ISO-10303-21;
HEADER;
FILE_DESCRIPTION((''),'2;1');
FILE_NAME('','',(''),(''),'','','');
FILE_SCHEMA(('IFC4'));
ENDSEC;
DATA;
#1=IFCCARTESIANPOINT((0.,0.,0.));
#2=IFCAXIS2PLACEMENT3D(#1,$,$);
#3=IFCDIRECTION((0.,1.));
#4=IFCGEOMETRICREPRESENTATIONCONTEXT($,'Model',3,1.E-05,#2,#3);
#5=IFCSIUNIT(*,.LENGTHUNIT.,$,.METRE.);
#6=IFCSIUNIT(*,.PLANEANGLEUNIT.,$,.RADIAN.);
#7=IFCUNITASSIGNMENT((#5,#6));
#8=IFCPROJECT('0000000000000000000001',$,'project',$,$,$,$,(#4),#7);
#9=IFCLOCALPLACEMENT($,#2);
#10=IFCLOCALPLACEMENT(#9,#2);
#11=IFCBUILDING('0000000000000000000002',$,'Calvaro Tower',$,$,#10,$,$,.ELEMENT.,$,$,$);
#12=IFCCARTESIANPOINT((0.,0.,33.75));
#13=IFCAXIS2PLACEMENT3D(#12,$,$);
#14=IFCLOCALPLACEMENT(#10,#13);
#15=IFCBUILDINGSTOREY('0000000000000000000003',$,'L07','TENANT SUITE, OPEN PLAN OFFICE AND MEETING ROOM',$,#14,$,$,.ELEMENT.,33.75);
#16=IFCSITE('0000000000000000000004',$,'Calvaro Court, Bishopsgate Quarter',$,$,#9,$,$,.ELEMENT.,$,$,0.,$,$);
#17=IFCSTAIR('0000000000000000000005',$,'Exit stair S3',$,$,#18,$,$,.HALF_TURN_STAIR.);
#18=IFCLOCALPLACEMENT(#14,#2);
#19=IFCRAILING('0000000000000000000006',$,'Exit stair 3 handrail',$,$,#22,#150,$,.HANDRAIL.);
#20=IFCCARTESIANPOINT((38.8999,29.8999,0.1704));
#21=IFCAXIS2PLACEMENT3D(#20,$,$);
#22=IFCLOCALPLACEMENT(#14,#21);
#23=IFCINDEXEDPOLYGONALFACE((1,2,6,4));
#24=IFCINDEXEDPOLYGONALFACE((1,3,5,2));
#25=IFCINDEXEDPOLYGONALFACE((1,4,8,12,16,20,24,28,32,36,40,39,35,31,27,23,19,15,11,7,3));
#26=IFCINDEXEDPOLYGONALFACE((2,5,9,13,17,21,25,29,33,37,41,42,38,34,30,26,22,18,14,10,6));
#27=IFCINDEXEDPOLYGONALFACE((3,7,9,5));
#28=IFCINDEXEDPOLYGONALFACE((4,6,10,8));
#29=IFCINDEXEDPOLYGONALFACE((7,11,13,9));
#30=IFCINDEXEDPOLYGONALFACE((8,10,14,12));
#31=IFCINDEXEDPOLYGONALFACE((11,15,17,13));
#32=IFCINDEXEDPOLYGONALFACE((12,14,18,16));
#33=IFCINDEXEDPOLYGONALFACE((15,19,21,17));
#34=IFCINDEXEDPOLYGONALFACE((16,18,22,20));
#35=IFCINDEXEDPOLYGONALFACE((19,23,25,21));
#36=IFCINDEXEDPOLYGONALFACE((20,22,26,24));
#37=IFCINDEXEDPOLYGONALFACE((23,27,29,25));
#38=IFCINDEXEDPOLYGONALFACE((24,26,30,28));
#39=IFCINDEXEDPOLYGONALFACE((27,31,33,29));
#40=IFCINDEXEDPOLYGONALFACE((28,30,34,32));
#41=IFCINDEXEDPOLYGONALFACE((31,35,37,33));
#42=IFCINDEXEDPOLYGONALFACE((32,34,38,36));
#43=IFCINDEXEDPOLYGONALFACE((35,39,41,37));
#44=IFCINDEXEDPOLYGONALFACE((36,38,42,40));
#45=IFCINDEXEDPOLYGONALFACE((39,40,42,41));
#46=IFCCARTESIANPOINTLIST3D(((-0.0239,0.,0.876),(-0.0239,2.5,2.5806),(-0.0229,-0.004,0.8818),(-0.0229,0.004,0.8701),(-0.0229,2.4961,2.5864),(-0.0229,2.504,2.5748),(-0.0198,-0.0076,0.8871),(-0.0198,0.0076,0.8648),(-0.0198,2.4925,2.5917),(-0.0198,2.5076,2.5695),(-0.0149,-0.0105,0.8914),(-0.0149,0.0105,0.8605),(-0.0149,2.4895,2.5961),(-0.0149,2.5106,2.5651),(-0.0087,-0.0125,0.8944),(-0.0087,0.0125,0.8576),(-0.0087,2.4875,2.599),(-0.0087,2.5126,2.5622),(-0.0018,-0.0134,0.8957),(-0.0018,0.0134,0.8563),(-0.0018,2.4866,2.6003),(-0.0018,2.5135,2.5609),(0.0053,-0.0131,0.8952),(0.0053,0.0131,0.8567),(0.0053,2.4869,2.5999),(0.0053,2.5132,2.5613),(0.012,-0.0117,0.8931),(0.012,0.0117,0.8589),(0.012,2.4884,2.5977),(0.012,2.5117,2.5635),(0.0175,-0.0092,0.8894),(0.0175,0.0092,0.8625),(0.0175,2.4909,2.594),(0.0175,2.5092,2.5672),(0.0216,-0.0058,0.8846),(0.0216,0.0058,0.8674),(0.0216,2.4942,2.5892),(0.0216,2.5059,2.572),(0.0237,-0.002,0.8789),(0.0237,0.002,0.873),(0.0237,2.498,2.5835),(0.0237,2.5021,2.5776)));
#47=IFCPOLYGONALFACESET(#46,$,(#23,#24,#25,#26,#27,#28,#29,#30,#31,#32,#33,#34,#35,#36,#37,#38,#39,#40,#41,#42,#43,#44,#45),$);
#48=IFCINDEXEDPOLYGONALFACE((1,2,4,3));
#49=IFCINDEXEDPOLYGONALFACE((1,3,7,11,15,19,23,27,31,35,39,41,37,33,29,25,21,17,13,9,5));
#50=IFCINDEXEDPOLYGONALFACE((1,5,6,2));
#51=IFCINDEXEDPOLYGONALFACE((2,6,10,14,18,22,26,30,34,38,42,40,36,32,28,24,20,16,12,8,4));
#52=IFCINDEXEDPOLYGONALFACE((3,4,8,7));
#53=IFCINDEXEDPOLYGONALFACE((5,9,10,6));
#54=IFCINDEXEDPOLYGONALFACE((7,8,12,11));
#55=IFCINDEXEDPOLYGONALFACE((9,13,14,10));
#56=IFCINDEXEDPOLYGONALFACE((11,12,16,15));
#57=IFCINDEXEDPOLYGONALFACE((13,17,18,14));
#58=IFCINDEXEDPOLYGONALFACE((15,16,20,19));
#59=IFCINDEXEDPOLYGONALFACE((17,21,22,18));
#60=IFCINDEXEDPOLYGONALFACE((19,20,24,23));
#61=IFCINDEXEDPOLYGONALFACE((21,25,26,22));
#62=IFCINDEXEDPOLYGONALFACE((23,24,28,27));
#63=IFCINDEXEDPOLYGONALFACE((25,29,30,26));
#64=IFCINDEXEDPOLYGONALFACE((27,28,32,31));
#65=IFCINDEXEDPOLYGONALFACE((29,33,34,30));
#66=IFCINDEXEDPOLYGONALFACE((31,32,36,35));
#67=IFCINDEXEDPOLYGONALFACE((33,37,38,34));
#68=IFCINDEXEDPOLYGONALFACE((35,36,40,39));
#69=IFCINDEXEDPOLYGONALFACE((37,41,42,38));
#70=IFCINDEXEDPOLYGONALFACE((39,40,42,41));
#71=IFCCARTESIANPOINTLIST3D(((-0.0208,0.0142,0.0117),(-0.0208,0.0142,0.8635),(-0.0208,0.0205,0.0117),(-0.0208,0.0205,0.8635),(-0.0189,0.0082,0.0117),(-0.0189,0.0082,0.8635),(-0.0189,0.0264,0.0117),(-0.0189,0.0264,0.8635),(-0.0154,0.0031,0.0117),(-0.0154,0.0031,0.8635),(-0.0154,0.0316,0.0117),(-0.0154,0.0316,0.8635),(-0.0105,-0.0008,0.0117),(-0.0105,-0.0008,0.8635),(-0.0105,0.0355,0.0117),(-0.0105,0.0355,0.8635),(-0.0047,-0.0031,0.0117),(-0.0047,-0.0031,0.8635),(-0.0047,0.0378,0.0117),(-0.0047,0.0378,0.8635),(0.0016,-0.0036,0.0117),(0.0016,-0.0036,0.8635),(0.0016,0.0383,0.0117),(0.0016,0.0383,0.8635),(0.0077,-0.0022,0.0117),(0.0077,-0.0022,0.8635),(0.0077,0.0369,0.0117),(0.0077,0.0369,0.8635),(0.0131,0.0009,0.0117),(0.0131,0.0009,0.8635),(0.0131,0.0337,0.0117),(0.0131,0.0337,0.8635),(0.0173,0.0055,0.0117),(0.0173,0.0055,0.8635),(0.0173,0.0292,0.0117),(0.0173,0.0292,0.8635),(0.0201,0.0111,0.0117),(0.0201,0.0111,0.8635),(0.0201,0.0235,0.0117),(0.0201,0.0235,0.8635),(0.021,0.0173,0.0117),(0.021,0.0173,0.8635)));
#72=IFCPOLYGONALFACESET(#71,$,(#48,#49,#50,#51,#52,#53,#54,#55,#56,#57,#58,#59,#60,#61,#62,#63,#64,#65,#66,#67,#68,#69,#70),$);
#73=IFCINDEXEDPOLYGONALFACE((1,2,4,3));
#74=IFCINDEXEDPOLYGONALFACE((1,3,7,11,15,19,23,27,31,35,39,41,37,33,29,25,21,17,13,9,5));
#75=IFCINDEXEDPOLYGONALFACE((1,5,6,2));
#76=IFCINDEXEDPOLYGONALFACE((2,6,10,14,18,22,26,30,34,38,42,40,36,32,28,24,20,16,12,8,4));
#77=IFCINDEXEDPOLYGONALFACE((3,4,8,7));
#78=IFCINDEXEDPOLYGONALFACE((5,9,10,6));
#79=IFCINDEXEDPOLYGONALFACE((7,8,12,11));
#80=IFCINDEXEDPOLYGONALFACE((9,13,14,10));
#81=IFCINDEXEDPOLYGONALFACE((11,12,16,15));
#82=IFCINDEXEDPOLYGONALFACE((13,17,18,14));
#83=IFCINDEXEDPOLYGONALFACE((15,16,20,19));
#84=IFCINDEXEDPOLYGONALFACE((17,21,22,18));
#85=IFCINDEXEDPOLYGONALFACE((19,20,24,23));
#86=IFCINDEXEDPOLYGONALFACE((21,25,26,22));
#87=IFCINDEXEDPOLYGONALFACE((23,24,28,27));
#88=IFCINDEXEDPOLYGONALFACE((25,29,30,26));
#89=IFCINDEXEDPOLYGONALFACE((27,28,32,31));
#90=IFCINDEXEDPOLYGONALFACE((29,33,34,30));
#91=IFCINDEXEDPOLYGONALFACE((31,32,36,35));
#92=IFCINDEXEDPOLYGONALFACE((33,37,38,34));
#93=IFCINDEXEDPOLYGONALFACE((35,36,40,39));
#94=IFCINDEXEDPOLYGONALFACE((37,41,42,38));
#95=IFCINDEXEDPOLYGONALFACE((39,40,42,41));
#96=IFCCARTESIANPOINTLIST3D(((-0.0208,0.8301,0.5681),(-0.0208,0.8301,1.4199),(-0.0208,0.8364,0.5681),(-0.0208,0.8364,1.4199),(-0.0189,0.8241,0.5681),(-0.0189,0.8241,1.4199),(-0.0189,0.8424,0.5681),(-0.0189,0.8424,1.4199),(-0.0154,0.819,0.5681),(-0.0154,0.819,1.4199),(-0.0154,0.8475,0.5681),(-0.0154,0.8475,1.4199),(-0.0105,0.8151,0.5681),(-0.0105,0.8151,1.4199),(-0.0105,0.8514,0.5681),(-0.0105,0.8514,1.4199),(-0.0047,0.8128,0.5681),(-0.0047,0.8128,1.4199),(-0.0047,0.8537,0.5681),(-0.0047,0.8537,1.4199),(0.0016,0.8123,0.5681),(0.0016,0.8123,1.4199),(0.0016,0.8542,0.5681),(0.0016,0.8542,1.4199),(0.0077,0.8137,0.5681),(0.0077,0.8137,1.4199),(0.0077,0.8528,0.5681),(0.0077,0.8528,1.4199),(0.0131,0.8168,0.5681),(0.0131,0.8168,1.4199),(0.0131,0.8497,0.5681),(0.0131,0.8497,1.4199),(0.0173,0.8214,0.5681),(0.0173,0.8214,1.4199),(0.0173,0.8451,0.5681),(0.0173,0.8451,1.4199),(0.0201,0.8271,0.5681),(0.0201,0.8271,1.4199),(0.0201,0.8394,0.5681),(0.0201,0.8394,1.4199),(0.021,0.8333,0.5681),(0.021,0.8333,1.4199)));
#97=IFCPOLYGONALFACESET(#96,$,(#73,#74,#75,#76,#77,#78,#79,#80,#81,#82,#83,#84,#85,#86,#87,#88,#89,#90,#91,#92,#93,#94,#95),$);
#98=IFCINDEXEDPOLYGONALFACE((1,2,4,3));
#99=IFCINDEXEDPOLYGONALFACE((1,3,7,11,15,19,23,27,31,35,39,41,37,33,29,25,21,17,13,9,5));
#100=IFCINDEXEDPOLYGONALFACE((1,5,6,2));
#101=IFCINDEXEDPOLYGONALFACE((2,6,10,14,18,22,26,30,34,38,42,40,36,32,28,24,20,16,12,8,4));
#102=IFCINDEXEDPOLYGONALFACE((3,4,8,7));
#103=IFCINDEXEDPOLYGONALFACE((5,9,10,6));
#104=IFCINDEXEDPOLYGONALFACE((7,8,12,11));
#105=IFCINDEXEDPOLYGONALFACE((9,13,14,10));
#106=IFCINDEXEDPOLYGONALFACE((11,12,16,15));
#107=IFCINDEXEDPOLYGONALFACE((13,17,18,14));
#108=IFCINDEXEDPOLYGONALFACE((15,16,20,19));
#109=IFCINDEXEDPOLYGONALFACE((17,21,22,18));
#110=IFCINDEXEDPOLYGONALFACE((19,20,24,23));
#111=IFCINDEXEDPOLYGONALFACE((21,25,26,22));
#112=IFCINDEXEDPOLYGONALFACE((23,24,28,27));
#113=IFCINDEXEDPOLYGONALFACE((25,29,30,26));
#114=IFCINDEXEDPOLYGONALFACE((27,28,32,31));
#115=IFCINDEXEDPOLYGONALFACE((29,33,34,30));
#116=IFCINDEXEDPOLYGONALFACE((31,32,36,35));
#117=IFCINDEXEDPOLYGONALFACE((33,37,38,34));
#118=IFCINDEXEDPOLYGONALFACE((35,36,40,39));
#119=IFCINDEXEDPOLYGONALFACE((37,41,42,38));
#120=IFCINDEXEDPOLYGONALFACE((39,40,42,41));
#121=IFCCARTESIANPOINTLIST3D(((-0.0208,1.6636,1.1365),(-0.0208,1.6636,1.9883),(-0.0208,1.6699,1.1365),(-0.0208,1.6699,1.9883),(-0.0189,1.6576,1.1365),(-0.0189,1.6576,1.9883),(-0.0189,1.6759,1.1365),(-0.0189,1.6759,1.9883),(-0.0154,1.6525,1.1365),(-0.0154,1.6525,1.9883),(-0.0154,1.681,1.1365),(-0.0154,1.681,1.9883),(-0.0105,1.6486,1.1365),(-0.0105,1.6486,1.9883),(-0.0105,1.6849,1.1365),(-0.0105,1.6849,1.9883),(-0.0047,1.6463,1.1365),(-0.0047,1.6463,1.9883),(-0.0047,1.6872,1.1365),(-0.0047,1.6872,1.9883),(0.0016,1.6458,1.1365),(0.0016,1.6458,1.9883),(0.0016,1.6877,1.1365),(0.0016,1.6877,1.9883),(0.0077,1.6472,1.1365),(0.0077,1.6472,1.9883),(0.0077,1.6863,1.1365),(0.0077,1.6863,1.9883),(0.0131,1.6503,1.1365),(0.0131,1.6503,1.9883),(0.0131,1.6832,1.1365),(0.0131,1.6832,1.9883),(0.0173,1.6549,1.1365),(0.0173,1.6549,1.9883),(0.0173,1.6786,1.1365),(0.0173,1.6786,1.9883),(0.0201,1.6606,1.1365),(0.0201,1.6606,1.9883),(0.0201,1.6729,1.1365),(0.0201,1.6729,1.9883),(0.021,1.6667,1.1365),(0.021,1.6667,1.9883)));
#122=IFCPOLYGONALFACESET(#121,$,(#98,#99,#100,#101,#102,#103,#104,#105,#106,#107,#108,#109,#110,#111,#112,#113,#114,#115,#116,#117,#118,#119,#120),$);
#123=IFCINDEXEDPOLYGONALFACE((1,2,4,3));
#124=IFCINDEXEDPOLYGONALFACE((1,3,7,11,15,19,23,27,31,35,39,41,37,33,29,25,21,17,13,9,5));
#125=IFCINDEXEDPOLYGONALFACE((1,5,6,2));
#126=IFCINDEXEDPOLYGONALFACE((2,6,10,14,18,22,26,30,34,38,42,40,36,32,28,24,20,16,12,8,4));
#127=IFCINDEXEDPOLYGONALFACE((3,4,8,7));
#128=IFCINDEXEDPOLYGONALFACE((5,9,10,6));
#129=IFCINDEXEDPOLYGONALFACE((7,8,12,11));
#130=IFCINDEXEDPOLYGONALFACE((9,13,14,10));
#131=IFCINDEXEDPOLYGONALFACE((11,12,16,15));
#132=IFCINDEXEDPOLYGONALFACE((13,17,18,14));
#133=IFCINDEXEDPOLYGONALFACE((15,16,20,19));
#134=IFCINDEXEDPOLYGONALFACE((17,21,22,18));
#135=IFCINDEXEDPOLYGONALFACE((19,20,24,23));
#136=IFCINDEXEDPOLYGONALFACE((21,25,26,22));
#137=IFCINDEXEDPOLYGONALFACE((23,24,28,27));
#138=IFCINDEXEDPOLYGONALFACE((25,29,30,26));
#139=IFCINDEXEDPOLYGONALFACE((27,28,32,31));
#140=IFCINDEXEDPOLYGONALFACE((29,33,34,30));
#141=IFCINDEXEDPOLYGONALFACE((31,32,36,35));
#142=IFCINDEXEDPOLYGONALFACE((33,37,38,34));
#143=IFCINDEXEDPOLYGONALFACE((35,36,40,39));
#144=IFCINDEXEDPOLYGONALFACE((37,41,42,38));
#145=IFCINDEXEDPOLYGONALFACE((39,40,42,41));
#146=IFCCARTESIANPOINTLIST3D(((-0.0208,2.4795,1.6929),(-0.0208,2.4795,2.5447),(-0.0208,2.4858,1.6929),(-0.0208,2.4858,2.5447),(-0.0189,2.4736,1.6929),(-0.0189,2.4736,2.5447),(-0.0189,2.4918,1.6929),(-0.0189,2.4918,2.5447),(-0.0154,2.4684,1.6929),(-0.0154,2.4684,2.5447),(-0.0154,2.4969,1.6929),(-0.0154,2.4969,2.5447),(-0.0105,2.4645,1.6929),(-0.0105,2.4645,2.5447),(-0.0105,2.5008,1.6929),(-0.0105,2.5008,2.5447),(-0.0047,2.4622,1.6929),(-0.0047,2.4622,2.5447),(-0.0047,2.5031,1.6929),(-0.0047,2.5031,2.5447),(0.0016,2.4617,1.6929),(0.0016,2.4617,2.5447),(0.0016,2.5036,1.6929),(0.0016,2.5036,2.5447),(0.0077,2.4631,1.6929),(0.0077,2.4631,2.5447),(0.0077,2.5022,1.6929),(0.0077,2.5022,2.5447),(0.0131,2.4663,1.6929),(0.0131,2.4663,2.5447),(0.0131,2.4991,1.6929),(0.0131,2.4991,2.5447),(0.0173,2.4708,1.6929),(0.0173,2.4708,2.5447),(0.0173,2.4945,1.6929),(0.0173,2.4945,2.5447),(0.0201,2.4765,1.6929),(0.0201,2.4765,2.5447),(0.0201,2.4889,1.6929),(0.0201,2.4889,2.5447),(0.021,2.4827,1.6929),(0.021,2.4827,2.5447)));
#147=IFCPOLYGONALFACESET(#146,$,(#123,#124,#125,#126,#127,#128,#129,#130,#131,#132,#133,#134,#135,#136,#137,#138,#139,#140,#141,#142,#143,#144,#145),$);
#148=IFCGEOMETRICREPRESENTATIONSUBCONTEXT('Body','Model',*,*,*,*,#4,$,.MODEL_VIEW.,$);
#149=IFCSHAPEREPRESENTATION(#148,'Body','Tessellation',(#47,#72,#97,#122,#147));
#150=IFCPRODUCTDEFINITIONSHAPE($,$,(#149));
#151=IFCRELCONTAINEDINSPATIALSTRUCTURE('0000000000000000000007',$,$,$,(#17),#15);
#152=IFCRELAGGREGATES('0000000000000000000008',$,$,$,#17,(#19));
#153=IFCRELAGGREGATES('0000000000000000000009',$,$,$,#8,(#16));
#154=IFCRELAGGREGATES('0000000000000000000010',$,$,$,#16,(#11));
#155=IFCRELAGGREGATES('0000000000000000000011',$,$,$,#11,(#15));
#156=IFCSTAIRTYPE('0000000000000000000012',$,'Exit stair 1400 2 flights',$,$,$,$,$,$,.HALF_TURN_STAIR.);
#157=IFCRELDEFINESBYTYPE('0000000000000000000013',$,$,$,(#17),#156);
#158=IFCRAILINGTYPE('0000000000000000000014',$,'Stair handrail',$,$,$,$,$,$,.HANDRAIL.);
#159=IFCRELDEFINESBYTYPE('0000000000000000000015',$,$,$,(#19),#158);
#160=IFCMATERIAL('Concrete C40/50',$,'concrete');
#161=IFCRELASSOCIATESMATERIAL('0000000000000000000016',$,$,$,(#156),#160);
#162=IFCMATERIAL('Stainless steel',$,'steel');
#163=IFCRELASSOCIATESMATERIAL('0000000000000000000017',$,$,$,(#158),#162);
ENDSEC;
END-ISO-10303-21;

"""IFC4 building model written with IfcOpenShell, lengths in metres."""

from ifc_helpers import new_model, si_unit, direction, frame, origin, origin_2d, place, context, subcontext, project, spatial, circle, extrude, material, type_object, element, aggregate, save


model = new_model("IFC4")

# Units and contexts
model_context = context("Model", 3, precision=1e-05, world=origin(), true_north=direction((0.0, 1.0)))
body_context = subcontext(model_context, "Body", "Model", "MODEL_VIEW")
ifc_project = project(units=[si_unit("LENGTHUNIT", "METRE"), si_unit("PLANEANGLEUNIT", "RADIAN")], contexts=[model_context])

# Site, building, storey
site_placement = place(None, origin())
site = spatial("IfcSite", under=ifc_project, at=site_placement, Name="Calvaro Court, Bishopsgate Quarter", CompositionType="ELEMENT", RefElevation=0.0)
building_placement = place(site_placement, origin())
building = spatial("IfcBuilding", under=site, at=building_placement, Name="Calvaro Tower", CompositionType="ELEMENT")
storey_placement = place(building_placement, frame((0.0, 0.0, 33.75)))
storey = spatial("IfcBuildingStorey", under=building, at=storey_placement, Name="L07", Description="TENANT SUITE, OPEN PLAN OFFICE AND MEETING ROOM", CompositionType="ELEMENT", Elevation=33.75)

# Stair, railing
ifc_material_1 = material(Name="Concrete C40/50", Category="concrete")
stair_type = type_object("IfcStairType", Name="Exit stair 1400 2 flights", PredefinedType="HALF_TURN_STAIR", material=ifc_material_1)
stair_placement = place(storey_placement, origin())
stair = element("IfcStair", 1, at=stair_placement, inside=storey, type_object=stair_type, Name="Exit stair S3", PredefinedType="HALF_TURN_STAIR")
ifc_material_2 = material(Name="Stainless steel", Category="steel")
railing_type = type_object("IfcRailingType", Name="Stair handrail", PredefinedType="HANDRAIL", material=ifc_material_2)
railing_1_placement = place(storey_placement, frame((38.8999, 29.8999, 0.1704)))
railing_1 = element("IfcRailing", 2, at=railing_1_placement, type_object=railing_type, Name="Exit stair 3 handrail", PredefinedType="HANDRAIL", context=body_context, shape_type="SweptSolid", body=[
    extrude(circle(Radius=0.0239, at=origin_2d()), frame((0.0, 0.0, 0.876), z_axis=(0.0, 0.826221, 0.563347), x_axis=(-1.0, 0.0, 0.0)), (0.0, 0.0, 1.0), 3.0259),
    extrude(circle(Radius=0.021, at=origin_2d()), frame((0.0, 0.0173, 0.0117)), (0.0, 0.0, 1.0), 0.8518),
    extrude(circle(Radius=0.021, at=origin_2d()), frame((0.0, 0.8333, 0.5681)), (0.0, 0.0, 1.0), 0.8518),
    extrude(circle(Radius=0.021, at=origin_2d()), frame((0.0, 1.6667, 1.1365)), (0.0, 0.0, 1.0), 0.8518),
    extrude(circle(Radius=0.021, at=origin_2d()), frame((0.0, 2.4827, 1.6929)), (0.0, 0.0, 1.0), 0.8518),
])
aggregate(stair, [railing_1])

save(model, "model.ifc")
